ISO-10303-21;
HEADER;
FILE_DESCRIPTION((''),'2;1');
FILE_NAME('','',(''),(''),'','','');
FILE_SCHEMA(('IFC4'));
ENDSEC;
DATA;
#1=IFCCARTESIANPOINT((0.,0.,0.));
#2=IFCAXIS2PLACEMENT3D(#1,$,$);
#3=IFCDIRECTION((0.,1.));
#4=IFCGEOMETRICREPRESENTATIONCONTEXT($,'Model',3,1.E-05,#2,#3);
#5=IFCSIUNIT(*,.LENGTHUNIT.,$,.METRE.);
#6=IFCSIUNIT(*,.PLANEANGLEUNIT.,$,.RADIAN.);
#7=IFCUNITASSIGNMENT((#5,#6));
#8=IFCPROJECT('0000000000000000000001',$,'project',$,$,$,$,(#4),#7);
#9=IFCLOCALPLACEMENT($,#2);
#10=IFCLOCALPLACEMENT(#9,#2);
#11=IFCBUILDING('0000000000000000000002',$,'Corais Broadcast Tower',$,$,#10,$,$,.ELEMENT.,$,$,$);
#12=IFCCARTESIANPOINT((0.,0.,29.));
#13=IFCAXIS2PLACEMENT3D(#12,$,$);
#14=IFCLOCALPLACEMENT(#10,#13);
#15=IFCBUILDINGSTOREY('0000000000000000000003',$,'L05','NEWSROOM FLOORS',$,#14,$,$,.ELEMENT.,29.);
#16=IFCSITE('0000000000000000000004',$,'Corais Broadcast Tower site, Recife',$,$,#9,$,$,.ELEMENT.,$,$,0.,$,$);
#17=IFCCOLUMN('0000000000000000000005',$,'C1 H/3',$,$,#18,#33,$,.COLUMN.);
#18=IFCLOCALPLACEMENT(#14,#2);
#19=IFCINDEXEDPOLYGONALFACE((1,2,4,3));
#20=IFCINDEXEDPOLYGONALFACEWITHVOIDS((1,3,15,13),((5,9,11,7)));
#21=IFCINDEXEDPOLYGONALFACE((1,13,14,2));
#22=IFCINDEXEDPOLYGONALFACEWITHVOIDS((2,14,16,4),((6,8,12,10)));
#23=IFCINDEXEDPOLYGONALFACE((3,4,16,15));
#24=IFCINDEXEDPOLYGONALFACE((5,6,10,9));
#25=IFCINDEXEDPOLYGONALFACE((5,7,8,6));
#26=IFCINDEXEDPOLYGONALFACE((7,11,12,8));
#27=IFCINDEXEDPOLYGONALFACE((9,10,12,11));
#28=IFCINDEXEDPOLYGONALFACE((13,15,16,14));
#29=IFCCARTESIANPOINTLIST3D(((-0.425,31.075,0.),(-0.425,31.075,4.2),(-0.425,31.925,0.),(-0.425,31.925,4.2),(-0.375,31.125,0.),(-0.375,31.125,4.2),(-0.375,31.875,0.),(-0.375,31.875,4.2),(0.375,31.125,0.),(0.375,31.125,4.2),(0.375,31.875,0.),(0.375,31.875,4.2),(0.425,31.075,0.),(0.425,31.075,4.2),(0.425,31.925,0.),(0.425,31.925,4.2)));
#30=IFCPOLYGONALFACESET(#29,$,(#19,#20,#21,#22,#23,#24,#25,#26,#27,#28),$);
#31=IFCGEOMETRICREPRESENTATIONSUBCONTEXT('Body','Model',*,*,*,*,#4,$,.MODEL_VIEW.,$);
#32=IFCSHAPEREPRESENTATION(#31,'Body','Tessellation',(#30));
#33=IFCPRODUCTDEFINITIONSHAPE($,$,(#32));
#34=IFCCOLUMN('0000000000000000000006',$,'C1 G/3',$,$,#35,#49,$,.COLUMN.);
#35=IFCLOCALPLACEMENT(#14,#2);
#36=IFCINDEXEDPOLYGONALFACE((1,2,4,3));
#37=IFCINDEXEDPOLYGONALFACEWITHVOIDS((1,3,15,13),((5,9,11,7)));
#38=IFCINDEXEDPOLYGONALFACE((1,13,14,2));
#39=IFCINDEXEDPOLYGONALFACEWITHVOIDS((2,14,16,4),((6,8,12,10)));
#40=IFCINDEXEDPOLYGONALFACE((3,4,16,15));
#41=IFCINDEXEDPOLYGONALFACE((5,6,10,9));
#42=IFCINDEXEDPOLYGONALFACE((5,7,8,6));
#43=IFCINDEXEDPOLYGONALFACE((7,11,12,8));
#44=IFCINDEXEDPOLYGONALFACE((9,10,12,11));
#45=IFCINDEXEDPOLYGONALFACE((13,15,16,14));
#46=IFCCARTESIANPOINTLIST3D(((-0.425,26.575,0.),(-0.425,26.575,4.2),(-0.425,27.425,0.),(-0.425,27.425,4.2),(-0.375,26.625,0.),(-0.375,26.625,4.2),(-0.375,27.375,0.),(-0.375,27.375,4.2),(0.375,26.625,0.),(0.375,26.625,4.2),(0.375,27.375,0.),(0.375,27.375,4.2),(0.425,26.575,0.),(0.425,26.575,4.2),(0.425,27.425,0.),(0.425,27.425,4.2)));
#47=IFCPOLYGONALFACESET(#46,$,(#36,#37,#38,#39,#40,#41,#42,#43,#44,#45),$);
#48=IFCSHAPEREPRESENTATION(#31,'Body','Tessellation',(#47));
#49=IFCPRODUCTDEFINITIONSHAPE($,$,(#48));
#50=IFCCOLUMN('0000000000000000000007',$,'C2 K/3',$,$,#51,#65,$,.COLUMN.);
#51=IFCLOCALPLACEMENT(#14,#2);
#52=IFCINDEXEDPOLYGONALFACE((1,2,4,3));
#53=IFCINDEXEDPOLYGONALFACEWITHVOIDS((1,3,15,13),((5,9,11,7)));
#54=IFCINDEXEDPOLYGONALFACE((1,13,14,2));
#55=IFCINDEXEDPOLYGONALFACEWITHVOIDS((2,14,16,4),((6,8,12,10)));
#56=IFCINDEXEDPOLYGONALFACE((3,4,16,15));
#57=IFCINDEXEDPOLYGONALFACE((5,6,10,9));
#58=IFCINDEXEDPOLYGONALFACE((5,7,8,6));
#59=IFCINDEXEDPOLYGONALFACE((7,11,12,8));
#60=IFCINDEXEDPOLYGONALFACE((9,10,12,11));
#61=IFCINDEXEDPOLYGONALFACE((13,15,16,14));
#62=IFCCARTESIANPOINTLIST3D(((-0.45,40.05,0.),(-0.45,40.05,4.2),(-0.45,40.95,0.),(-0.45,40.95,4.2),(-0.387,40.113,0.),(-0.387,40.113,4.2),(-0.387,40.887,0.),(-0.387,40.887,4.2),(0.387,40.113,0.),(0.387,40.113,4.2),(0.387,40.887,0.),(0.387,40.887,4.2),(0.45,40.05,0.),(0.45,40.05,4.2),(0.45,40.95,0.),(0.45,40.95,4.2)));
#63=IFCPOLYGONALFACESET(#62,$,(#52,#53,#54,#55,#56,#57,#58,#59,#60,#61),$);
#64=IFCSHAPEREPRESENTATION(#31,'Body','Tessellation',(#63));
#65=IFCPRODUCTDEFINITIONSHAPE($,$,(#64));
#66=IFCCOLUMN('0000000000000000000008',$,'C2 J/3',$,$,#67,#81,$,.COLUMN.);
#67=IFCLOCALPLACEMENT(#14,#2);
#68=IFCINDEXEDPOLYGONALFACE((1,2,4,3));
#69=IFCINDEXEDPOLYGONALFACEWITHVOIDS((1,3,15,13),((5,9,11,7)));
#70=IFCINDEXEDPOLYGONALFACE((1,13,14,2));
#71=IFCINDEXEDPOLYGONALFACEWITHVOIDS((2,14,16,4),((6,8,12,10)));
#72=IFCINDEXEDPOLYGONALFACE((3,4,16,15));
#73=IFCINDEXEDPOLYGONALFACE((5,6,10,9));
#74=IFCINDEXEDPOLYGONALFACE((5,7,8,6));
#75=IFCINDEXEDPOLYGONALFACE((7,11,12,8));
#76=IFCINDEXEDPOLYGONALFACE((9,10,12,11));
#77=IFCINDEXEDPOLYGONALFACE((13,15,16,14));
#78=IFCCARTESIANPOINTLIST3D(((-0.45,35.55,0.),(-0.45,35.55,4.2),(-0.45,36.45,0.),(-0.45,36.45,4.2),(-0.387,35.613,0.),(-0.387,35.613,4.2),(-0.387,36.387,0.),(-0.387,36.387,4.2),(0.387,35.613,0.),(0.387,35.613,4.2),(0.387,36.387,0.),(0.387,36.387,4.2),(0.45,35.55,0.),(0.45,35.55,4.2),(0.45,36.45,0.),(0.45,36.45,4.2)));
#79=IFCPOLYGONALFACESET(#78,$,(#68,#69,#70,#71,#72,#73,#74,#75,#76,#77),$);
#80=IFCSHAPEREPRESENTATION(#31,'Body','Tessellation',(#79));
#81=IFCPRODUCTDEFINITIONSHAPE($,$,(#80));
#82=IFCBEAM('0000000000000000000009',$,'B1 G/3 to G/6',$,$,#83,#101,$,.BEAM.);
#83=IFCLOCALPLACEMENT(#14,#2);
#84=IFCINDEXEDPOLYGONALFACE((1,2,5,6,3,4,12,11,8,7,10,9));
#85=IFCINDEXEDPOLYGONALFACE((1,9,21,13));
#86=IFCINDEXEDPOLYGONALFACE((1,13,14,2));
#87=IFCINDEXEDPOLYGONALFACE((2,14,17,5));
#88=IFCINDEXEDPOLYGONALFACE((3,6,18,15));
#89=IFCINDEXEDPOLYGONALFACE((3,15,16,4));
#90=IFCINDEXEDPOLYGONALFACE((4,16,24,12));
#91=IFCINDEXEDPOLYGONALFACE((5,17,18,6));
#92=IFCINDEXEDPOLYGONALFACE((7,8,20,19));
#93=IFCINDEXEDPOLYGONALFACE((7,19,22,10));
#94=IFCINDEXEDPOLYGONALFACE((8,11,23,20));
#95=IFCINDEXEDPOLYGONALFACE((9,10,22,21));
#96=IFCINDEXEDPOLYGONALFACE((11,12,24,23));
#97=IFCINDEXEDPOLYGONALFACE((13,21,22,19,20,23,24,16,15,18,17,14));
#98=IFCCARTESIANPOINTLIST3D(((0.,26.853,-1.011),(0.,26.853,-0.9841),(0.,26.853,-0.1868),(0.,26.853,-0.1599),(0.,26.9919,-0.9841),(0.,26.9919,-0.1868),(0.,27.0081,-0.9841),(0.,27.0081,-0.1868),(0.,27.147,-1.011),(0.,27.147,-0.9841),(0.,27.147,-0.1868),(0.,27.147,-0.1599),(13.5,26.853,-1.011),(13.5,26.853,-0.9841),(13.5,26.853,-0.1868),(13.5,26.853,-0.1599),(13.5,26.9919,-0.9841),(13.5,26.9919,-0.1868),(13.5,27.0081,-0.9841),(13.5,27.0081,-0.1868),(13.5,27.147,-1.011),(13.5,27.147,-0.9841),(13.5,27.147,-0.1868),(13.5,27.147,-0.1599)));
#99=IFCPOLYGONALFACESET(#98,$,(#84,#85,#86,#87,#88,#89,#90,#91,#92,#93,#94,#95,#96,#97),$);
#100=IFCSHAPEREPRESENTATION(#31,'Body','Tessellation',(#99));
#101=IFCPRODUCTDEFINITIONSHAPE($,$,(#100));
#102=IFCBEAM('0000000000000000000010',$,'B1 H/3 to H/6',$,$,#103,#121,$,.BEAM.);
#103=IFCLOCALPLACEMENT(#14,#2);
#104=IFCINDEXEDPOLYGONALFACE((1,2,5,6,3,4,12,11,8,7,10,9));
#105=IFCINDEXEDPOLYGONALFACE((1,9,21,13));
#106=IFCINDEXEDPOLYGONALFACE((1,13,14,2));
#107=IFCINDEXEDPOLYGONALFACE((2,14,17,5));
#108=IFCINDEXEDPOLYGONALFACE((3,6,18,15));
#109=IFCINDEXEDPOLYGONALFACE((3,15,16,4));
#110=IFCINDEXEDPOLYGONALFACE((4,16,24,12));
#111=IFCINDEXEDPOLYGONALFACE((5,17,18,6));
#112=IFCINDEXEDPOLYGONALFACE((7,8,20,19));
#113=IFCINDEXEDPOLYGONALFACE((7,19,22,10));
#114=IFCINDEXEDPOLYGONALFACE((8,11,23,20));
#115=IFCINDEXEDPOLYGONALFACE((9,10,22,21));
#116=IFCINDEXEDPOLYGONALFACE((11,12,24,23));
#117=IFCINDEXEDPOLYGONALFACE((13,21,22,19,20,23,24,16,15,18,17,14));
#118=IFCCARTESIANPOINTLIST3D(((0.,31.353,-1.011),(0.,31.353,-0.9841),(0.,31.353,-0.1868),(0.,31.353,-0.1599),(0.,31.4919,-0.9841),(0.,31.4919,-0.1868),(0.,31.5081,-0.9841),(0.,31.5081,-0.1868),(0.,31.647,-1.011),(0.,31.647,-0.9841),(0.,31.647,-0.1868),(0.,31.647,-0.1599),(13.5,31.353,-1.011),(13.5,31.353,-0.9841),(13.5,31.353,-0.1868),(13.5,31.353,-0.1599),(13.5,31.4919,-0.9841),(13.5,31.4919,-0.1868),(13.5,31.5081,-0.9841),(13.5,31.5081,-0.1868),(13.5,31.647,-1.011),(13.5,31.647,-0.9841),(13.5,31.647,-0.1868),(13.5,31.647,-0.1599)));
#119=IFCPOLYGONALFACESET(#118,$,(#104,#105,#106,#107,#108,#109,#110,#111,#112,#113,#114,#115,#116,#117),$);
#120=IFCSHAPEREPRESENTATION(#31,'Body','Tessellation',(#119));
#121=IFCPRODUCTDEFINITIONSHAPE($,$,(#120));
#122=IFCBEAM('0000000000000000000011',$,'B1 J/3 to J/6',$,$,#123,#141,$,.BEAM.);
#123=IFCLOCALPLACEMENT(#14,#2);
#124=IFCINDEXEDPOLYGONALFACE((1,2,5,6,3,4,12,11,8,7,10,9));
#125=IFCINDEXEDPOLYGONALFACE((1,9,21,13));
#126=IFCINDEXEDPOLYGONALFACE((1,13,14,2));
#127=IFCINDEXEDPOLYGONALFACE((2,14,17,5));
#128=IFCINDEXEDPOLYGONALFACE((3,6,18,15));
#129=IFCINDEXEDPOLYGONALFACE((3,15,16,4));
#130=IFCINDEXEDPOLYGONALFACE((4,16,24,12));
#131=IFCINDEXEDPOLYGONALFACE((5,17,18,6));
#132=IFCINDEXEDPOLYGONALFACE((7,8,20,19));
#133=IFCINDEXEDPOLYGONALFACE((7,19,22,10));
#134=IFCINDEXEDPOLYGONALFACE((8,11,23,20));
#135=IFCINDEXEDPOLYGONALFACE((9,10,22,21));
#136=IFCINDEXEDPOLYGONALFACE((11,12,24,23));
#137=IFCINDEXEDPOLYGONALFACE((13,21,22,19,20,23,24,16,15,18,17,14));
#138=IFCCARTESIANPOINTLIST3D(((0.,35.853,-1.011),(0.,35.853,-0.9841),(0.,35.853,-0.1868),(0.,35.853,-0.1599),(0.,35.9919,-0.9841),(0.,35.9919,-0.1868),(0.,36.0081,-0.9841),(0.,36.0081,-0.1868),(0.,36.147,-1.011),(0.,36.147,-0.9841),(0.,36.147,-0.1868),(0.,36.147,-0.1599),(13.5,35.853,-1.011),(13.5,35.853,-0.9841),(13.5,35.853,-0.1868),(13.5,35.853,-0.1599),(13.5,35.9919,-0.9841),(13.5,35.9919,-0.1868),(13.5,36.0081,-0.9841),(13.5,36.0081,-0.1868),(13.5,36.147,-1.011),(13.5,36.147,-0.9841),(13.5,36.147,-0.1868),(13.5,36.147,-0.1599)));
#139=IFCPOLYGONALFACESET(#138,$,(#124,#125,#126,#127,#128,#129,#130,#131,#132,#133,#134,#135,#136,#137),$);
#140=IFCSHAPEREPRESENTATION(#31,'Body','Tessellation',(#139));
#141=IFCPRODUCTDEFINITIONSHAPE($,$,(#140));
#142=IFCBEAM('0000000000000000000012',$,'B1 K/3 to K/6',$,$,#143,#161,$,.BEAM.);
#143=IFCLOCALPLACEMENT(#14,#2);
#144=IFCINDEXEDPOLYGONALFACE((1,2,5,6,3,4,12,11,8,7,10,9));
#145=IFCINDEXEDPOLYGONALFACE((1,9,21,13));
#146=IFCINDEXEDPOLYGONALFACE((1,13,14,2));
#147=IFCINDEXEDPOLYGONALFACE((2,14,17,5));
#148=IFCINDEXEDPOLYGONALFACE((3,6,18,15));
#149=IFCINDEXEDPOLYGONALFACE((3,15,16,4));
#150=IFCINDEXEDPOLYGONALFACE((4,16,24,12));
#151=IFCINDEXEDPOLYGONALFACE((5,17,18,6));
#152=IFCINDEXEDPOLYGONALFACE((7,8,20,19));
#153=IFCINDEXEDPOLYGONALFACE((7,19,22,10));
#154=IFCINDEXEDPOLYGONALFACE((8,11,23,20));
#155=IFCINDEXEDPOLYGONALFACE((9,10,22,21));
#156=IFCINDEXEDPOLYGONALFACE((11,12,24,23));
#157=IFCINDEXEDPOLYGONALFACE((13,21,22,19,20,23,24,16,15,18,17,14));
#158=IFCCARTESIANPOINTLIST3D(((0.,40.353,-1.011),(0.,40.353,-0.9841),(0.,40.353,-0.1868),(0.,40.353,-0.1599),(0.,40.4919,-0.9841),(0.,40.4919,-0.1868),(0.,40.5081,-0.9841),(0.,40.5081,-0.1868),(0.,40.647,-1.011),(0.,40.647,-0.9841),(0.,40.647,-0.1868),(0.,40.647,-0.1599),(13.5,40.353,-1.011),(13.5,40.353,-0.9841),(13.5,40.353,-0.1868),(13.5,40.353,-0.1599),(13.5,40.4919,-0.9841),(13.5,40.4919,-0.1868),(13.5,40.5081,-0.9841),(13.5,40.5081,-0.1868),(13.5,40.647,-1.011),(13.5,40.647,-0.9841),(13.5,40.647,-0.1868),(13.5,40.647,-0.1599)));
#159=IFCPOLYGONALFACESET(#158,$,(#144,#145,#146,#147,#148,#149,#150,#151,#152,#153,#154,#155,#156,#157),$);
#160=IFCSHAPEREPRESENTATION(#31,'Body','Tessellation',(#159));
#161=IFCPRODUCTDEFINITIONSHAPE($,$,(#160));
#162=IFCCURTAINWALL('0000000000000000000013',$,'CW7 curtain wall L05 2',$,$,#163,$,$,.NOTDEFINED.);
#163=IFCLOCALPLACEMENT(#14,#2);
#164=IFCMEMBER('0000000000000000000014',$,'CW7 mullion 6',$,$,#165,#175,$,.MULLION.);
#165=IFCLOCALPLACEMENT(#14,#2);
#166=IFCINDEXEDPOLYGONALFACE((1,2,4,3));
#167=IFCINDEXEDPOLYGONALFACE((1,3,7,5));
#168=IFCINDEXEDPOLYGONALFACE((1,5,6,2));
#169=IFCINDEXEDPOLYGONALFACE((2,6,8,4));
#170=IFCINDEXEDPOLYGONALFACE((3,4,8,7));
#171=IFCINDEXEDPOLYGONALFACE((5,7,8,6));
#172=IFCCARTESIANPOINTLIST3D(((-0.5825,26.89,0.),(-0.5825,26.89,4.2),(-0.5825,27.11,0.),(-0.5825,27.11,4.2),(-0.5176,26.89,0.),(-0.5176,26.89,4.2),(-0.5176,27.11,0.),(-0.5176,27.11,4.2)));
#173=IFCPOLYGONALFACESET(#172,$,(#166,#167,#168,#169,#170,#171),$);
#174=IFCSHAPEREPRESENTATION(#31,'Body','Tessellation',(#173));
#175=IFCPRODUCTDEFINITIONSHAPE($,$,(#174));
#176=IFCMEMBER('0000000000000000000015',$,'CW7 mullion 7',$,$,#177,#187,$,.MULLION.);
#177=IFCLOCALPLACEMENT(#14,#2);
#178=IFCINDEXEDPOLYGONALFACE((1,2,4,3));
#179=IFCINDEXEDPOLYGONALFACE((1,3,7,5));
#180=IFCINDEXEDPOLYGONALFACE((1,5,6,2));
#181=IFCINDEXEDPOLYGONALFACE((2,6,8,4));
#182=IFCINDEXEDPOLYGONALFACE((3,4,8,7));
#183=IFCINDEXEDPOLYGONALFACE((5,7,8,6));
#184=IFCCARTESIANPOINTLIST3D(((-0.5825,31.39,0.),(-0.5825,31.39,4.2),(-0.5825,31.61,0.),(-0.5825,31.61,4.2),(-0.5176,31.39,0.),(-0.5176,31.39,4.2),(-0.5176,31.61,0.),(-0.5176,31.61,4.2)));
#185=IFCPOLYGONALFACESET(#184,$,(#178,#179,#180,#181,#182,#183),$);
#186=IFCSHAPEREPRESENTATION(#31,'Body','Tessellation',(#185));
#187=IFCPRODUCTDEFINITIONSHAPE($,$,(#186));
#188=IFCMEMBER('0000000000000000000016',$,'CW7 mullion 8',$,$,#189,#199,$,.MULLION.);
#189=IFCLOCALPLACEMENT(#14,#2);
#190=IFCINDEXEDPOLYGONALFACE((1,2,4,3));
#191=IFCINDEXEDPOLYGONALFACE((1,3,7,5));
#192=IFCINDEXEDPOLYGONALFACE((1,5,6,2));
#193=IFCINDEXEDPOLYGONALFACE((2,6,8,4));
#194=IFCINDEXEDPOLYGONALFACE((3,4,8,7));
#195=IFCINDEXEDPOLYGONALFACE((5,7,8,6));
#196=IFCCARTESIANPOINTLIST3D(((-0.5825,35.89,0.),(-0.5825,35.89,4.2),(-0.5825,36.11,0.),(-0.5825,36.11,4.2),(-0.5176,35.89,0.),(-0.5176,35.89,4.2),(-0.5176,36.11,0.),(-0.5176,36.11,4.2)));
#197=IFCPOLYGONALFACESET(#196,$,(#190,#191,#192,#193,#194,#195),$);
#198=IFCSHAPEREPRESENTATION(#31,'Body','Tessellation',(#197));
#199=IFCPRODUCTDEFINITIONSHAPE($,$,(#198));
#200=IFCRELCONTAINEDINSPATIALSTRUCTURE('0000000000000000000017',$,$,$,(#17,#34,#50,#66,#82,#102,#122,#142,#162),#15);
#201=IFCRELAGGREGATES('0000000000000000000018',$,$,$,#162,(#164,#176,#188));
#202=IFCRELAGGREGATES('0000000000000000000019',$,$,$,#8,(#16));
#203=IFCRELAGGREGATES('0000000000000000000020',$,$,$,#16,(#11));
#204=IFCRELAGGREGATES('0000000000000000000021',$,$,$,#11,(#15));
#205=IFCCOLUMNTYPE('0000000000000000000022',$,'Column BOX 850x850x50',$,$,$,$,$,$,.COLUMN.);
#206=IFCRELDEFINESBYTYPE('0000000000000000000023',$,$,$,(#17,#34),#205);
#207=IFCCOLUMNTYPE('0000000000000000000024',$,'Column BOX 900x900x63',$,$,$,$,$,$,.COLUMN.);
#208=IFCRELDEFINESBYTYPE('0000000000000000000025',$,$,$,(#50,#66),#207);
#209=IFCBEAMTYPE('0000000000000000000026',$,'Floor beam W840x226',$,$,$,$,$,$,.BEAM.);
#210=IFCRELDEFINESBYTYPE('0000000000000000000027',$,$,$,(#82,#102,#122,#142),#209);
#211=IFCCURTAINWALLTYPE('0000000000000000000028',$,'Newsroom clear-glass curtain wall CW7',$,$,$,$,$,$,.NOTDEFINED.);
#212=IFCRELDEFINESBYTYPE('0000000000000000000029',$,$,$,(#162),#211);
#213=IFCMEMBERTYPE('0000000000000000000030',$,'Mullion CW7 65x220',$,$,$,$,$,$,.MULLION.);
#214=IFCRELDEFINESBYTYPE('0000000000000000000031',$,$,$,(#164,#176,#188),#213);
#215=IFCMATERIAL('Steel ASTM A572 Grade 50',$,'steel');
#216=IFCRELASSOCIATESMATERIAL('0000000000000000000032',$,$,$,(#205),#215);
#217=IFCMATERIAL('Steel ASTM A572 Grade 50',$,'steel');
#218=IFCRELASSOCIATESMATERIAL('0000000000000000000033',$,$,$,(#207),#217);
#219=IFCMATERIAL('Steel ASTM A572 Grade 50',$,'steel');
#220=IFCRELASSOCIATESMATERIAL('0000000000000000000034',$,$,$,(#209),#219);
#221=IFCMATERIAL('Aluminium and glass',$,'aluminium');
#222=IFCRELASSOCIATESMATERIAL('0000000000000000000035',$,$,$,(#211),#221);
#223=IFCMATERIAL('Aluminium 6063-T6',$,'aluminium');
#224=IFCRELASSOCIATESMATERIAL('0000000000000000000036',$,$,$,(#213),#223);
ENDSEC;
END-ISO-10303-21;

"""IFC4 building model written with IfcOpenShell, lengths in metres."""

from ifc_helpers import new_model, si_unit, direction, frame, origin, origin_2d, place, context, subcontext, project, spatial, rectangle, hollow_rectangle, i_section, extrude, material, material_profile, profile_set, type_object, element, aggregate, save


model = new_model("IFC4")

# Units and contexts
model_context = context("Model", 3, precision=1e-05, world=origin(), true_north=direction((0.0, 1.0)))
body_context = subcontext(model_context, "Body", "Model", "MODEL_VIEW")
ifc_project = project(units=[si_unit("LENGTHUNIT", "METRE"), si_unit("PLANEANGLEUNIT", "RADIAN")], contexts=[model_context])

# Site, building, storey
site_placement = place(None, origin())
site = spatial("IfcSite", under=ifc_project, at=site_placement, Name="Corais Broadcast Tower site, Recife", CompositionType="ELEMENT", RefElevation=0.0)
building_placement = place(site_placement, origin())
building = spatial("IfcBuilding", under=site, at=building_placement, Name="Corais Broadcast Tower", CompositionType="ELEMENT")
storey_placement = place(building_placement, frame((0.0, 0.0, 29.0)))
storey = spatial("IfcBuildingStorey", under=building, at=storey_placement, Name="L05", Description="NEWSROOM FLOORS", CompositionType="ELEMENT", Elevation=29.0)

# Columns
ifc_material_1 = material(Name="Steel ASTM A572 Grade 50", Category="steel")
ifc_material_profile_1 = material_profile(ifc_material_1, hollow_rectangle(XDim=0.8501, YDim=0.8501, WallThickness=0.05, at=origin_2d()), Name="BOX 850x850x50")
ifc_profile_set_1 = profile_set([ifc_material_profile_1], Name="Steel ASTM A572 Grade 50")
column_type_1 = type_object("IfcColumnType", Name="Column BOX 850x850x50", PredefinedType="COLUMN", material=ifc_profile_set_1)
for number, where, z_axis, x_axis, name in (
    (1, (0.0, 31.5, 0.0), (0.0, 0.0, 1.0), (1.0, 0.0, 0.0), "C1 H/3"),
    (2, (0.0, 27.0, 0.0), (0.0, 0.0, 1.0), (1.0, 0.0, 0.0), "C1 G/3"),
):
    element("IfcColumn", number, at=place(storey_placement, frame(where, z_axis=z_axis, x_axis=x_axis)), inside=storey, type_object=column_type_1, Name=name, PredefinedType="COLUMN", context=body_context, shape_type="SweptSolid", body=[
        extrude(hollow_rectangle(XDim=0.8501, YDim=0.8501, WallThickness=0.05, at=origin_2d()), origin(), (0.0, 0.0, 1.0), 4.2),
    ])
ifc_material_2 = material(Name="Steel ASTM A572 Grade 50", Category="steel")
ifc_material_profile_2 = material_profile(ifc_material_2, hollow_rectangle(XDim=0.8999, YDim=0.8999, WallThickness=0.063, at=origin_2d()), Name="BOX 900x900x63")
ifc_profile_set_2 = profile_set([ifc_material_profile_2], Name="Steel ASTM A572 Grade 50")
column_type_2 = type_object("IfcColumnType", Name="Column BOX 900x900x63", PredefinedType="COLUMN", material=ifc_profile_set_2)
for number, where, z_axis, x_axis, name in (
    (3, (0.0, 40.5, 0.0), (0.0, 0.0, 1.0), (1.0, 0.0, 0.0), "C2 K/3"),
    (4, (0.0, 36.0, 0.0), (0.0, 0.0, 1.0), (1.0, 0.0, 0.0), "C2 J/3"),
):
    element("IfcColumn", number, at=place(storey_placement, frame(where, z_axis=z_axis, x_axis=x_axis)), inside=storey, type_object=column_type_2, Name=name, PredefinedType="COLUMN", context=body_context, shape_type="SweptSolid", body=[
        extrude(hollow_rectangle(XDim=0.8999, YDim=0.8999, WallThickness=0.063, at=origin_2d()), origin(), (0.0, 0.0, 1.0), 4.2),
    ])

# Beams
ifc_material_3 = material(Name="Steel ASTM A572 Grade 50", Category="steel")
ifc_material_profile_3 = material_profile(ifc_material_3, i_section(OverallWidth=0.2939, OverallDepth=0.8511, WebThickness=0.0161, FlangeThickness=0.0269, at=origin_2d()), Name="W840x226")
ifc_profile_set_3 = profile_set([ifc_material_profile_3], Name="Steel ASTM A572 Grade 50")
beam_type_1 = type_object("IfcBeamType", Name="Floor beam W840x226", PredefinedType="BEAM", material=ifc_profile_set_3)
for number, where, z_axis, x_axis, name in (
    (5, (0.0, 27.0, -0.5854), (1.0, 0.0, 0.0), (0.0, 1.0, 0.0), "B1 G/3 to G/6"),
    (6, (0.0, 31.5, -0.5854), (1.0, 0.0, 0.0), (0.0, 1.0, 0.0), "B1 H/3 to H/6"),
    (7, (0.0, 36.0, -0.5854), (1.0, 0.0, 0.0), (0.0, 1.0, 0.0), "B1 J/3 to J/6"),
    (8, (0.0, 40.5, -0.5854), (1.0, 0.0, 0.0), (0.0, 1.0, 0.0), "B1 K/3 to K/6"),
):
    element("IfcBeam", number, at=place(storey_placement, frame(where, z_axis=z_axis, x_axis=x_axis)), inside=storey, type_object=beam_type_1, Name=name, PredefinedType="BEAM", context=body_context, shape_type="SweptSolid", body=[
        extrude(i_section(OverallWidth=0.2939, OverallDepth=0.8511, WebThickness=0.0161, FlangeThickness=0.0269, at=origin_2d()), origin(), (0.0, 0.0, 1.0), 13.5),
    ])

# Curtain wall, members
ifc_material_4 = material(Name="Aluminium and glass", Category="aluminium")
curtain_wall_type = type_object("IfcCurtainWallType", Name="Newsroom clear-glass curtain wall CW7", PredefinedType="NOTDEFINED", material=ifc_material_4)
curtain_wall_placement = place(storey_placement, origin())
curtain_wall = element("IfcCurtainWall", 9, at=curtain_wall_placement, inside=storey, type_object=curtain_wall_type, Name="CW7 curtain wall L05 2", PredefinedType="NOTDEFINED")
ifc_material_5 = material(Name="Aluminium 6063-T6", Category="aluminium")
ifc_material_profile_4 = material_profile(ifc_material_5, rectangle(XDim=0.0649, YDim=0.22, at=origin_2d()), Name="Mullion CW7 65x220")
ifc_profile_set_4 = profile_set([ifc_material_profile_4], Name="Aluminium 6063-T6")
member_type_1 = type_object("IfcMemberType", Name="Mullion CW7 65x220", PredefinedType="MULLION", material=ifc_profile_set_4)
member_1_placement = place(storey_placement, frame((-0.55, 27.0, 0.0), z_axis=(0.0, 0.0, 1.0), x_axis=(-1.0, 0.0, 0.0)))
member_1 = element("IfcMember", 10, at=member_1_placement, type_object=member_type_1, Name="CW7 mullion 6", PredefinedType="MULLION", context=body_context, shape_type="SweptSolid", body=[
    extrude(rectangle(XDim=0.0649, YDim=0.22, at=origin_2d()), origin(), (0.0, 0.0, 1.0), 4.2),
])
member_2_placement = place(storey_placement, frame((-0.55, 31.5, 0.0), z_axis=(0.0, 0.0, 1.0), x_axis=(-1.0, 0.0, 0.0)))
member_2 = element("IfcMember", 11, at=member_2_placement, type_object=member_type_1, Name="CW7 mullion 7", PredefinedType="MULLION", context=body_context, shape_type="SweptSolid", body=[
    extrude(rectangle(XDim=0.0649, YDim=0.22, at=origin_2d()), origin(), (0.0, 0.0, 1.0), 4.2),
])
member_3_placement = place(storey_placement, frame((-0.55, 36.0, 0.0), z_axis=(0.0, 0.0, 1.0), x_axis=(-1.0, 0.0, 0.0)))
member_3 = element("IfcMember", 12, at=member_3_placement, type_object=member_type_1, Name="CW7 mullion 8", PredefinedType="MULLION", context=body_context, shape_type="SweptSolid", body=[
    extrude(rectangle(XDim=0.0649, YDim=0.22, at=origin_2d()), origin(), (0.0, 0.0, 1.0), 4.2),
])

aggregate(curtain_wall, [member_1, member_2, member_3])

save(model, "model.ifc")
